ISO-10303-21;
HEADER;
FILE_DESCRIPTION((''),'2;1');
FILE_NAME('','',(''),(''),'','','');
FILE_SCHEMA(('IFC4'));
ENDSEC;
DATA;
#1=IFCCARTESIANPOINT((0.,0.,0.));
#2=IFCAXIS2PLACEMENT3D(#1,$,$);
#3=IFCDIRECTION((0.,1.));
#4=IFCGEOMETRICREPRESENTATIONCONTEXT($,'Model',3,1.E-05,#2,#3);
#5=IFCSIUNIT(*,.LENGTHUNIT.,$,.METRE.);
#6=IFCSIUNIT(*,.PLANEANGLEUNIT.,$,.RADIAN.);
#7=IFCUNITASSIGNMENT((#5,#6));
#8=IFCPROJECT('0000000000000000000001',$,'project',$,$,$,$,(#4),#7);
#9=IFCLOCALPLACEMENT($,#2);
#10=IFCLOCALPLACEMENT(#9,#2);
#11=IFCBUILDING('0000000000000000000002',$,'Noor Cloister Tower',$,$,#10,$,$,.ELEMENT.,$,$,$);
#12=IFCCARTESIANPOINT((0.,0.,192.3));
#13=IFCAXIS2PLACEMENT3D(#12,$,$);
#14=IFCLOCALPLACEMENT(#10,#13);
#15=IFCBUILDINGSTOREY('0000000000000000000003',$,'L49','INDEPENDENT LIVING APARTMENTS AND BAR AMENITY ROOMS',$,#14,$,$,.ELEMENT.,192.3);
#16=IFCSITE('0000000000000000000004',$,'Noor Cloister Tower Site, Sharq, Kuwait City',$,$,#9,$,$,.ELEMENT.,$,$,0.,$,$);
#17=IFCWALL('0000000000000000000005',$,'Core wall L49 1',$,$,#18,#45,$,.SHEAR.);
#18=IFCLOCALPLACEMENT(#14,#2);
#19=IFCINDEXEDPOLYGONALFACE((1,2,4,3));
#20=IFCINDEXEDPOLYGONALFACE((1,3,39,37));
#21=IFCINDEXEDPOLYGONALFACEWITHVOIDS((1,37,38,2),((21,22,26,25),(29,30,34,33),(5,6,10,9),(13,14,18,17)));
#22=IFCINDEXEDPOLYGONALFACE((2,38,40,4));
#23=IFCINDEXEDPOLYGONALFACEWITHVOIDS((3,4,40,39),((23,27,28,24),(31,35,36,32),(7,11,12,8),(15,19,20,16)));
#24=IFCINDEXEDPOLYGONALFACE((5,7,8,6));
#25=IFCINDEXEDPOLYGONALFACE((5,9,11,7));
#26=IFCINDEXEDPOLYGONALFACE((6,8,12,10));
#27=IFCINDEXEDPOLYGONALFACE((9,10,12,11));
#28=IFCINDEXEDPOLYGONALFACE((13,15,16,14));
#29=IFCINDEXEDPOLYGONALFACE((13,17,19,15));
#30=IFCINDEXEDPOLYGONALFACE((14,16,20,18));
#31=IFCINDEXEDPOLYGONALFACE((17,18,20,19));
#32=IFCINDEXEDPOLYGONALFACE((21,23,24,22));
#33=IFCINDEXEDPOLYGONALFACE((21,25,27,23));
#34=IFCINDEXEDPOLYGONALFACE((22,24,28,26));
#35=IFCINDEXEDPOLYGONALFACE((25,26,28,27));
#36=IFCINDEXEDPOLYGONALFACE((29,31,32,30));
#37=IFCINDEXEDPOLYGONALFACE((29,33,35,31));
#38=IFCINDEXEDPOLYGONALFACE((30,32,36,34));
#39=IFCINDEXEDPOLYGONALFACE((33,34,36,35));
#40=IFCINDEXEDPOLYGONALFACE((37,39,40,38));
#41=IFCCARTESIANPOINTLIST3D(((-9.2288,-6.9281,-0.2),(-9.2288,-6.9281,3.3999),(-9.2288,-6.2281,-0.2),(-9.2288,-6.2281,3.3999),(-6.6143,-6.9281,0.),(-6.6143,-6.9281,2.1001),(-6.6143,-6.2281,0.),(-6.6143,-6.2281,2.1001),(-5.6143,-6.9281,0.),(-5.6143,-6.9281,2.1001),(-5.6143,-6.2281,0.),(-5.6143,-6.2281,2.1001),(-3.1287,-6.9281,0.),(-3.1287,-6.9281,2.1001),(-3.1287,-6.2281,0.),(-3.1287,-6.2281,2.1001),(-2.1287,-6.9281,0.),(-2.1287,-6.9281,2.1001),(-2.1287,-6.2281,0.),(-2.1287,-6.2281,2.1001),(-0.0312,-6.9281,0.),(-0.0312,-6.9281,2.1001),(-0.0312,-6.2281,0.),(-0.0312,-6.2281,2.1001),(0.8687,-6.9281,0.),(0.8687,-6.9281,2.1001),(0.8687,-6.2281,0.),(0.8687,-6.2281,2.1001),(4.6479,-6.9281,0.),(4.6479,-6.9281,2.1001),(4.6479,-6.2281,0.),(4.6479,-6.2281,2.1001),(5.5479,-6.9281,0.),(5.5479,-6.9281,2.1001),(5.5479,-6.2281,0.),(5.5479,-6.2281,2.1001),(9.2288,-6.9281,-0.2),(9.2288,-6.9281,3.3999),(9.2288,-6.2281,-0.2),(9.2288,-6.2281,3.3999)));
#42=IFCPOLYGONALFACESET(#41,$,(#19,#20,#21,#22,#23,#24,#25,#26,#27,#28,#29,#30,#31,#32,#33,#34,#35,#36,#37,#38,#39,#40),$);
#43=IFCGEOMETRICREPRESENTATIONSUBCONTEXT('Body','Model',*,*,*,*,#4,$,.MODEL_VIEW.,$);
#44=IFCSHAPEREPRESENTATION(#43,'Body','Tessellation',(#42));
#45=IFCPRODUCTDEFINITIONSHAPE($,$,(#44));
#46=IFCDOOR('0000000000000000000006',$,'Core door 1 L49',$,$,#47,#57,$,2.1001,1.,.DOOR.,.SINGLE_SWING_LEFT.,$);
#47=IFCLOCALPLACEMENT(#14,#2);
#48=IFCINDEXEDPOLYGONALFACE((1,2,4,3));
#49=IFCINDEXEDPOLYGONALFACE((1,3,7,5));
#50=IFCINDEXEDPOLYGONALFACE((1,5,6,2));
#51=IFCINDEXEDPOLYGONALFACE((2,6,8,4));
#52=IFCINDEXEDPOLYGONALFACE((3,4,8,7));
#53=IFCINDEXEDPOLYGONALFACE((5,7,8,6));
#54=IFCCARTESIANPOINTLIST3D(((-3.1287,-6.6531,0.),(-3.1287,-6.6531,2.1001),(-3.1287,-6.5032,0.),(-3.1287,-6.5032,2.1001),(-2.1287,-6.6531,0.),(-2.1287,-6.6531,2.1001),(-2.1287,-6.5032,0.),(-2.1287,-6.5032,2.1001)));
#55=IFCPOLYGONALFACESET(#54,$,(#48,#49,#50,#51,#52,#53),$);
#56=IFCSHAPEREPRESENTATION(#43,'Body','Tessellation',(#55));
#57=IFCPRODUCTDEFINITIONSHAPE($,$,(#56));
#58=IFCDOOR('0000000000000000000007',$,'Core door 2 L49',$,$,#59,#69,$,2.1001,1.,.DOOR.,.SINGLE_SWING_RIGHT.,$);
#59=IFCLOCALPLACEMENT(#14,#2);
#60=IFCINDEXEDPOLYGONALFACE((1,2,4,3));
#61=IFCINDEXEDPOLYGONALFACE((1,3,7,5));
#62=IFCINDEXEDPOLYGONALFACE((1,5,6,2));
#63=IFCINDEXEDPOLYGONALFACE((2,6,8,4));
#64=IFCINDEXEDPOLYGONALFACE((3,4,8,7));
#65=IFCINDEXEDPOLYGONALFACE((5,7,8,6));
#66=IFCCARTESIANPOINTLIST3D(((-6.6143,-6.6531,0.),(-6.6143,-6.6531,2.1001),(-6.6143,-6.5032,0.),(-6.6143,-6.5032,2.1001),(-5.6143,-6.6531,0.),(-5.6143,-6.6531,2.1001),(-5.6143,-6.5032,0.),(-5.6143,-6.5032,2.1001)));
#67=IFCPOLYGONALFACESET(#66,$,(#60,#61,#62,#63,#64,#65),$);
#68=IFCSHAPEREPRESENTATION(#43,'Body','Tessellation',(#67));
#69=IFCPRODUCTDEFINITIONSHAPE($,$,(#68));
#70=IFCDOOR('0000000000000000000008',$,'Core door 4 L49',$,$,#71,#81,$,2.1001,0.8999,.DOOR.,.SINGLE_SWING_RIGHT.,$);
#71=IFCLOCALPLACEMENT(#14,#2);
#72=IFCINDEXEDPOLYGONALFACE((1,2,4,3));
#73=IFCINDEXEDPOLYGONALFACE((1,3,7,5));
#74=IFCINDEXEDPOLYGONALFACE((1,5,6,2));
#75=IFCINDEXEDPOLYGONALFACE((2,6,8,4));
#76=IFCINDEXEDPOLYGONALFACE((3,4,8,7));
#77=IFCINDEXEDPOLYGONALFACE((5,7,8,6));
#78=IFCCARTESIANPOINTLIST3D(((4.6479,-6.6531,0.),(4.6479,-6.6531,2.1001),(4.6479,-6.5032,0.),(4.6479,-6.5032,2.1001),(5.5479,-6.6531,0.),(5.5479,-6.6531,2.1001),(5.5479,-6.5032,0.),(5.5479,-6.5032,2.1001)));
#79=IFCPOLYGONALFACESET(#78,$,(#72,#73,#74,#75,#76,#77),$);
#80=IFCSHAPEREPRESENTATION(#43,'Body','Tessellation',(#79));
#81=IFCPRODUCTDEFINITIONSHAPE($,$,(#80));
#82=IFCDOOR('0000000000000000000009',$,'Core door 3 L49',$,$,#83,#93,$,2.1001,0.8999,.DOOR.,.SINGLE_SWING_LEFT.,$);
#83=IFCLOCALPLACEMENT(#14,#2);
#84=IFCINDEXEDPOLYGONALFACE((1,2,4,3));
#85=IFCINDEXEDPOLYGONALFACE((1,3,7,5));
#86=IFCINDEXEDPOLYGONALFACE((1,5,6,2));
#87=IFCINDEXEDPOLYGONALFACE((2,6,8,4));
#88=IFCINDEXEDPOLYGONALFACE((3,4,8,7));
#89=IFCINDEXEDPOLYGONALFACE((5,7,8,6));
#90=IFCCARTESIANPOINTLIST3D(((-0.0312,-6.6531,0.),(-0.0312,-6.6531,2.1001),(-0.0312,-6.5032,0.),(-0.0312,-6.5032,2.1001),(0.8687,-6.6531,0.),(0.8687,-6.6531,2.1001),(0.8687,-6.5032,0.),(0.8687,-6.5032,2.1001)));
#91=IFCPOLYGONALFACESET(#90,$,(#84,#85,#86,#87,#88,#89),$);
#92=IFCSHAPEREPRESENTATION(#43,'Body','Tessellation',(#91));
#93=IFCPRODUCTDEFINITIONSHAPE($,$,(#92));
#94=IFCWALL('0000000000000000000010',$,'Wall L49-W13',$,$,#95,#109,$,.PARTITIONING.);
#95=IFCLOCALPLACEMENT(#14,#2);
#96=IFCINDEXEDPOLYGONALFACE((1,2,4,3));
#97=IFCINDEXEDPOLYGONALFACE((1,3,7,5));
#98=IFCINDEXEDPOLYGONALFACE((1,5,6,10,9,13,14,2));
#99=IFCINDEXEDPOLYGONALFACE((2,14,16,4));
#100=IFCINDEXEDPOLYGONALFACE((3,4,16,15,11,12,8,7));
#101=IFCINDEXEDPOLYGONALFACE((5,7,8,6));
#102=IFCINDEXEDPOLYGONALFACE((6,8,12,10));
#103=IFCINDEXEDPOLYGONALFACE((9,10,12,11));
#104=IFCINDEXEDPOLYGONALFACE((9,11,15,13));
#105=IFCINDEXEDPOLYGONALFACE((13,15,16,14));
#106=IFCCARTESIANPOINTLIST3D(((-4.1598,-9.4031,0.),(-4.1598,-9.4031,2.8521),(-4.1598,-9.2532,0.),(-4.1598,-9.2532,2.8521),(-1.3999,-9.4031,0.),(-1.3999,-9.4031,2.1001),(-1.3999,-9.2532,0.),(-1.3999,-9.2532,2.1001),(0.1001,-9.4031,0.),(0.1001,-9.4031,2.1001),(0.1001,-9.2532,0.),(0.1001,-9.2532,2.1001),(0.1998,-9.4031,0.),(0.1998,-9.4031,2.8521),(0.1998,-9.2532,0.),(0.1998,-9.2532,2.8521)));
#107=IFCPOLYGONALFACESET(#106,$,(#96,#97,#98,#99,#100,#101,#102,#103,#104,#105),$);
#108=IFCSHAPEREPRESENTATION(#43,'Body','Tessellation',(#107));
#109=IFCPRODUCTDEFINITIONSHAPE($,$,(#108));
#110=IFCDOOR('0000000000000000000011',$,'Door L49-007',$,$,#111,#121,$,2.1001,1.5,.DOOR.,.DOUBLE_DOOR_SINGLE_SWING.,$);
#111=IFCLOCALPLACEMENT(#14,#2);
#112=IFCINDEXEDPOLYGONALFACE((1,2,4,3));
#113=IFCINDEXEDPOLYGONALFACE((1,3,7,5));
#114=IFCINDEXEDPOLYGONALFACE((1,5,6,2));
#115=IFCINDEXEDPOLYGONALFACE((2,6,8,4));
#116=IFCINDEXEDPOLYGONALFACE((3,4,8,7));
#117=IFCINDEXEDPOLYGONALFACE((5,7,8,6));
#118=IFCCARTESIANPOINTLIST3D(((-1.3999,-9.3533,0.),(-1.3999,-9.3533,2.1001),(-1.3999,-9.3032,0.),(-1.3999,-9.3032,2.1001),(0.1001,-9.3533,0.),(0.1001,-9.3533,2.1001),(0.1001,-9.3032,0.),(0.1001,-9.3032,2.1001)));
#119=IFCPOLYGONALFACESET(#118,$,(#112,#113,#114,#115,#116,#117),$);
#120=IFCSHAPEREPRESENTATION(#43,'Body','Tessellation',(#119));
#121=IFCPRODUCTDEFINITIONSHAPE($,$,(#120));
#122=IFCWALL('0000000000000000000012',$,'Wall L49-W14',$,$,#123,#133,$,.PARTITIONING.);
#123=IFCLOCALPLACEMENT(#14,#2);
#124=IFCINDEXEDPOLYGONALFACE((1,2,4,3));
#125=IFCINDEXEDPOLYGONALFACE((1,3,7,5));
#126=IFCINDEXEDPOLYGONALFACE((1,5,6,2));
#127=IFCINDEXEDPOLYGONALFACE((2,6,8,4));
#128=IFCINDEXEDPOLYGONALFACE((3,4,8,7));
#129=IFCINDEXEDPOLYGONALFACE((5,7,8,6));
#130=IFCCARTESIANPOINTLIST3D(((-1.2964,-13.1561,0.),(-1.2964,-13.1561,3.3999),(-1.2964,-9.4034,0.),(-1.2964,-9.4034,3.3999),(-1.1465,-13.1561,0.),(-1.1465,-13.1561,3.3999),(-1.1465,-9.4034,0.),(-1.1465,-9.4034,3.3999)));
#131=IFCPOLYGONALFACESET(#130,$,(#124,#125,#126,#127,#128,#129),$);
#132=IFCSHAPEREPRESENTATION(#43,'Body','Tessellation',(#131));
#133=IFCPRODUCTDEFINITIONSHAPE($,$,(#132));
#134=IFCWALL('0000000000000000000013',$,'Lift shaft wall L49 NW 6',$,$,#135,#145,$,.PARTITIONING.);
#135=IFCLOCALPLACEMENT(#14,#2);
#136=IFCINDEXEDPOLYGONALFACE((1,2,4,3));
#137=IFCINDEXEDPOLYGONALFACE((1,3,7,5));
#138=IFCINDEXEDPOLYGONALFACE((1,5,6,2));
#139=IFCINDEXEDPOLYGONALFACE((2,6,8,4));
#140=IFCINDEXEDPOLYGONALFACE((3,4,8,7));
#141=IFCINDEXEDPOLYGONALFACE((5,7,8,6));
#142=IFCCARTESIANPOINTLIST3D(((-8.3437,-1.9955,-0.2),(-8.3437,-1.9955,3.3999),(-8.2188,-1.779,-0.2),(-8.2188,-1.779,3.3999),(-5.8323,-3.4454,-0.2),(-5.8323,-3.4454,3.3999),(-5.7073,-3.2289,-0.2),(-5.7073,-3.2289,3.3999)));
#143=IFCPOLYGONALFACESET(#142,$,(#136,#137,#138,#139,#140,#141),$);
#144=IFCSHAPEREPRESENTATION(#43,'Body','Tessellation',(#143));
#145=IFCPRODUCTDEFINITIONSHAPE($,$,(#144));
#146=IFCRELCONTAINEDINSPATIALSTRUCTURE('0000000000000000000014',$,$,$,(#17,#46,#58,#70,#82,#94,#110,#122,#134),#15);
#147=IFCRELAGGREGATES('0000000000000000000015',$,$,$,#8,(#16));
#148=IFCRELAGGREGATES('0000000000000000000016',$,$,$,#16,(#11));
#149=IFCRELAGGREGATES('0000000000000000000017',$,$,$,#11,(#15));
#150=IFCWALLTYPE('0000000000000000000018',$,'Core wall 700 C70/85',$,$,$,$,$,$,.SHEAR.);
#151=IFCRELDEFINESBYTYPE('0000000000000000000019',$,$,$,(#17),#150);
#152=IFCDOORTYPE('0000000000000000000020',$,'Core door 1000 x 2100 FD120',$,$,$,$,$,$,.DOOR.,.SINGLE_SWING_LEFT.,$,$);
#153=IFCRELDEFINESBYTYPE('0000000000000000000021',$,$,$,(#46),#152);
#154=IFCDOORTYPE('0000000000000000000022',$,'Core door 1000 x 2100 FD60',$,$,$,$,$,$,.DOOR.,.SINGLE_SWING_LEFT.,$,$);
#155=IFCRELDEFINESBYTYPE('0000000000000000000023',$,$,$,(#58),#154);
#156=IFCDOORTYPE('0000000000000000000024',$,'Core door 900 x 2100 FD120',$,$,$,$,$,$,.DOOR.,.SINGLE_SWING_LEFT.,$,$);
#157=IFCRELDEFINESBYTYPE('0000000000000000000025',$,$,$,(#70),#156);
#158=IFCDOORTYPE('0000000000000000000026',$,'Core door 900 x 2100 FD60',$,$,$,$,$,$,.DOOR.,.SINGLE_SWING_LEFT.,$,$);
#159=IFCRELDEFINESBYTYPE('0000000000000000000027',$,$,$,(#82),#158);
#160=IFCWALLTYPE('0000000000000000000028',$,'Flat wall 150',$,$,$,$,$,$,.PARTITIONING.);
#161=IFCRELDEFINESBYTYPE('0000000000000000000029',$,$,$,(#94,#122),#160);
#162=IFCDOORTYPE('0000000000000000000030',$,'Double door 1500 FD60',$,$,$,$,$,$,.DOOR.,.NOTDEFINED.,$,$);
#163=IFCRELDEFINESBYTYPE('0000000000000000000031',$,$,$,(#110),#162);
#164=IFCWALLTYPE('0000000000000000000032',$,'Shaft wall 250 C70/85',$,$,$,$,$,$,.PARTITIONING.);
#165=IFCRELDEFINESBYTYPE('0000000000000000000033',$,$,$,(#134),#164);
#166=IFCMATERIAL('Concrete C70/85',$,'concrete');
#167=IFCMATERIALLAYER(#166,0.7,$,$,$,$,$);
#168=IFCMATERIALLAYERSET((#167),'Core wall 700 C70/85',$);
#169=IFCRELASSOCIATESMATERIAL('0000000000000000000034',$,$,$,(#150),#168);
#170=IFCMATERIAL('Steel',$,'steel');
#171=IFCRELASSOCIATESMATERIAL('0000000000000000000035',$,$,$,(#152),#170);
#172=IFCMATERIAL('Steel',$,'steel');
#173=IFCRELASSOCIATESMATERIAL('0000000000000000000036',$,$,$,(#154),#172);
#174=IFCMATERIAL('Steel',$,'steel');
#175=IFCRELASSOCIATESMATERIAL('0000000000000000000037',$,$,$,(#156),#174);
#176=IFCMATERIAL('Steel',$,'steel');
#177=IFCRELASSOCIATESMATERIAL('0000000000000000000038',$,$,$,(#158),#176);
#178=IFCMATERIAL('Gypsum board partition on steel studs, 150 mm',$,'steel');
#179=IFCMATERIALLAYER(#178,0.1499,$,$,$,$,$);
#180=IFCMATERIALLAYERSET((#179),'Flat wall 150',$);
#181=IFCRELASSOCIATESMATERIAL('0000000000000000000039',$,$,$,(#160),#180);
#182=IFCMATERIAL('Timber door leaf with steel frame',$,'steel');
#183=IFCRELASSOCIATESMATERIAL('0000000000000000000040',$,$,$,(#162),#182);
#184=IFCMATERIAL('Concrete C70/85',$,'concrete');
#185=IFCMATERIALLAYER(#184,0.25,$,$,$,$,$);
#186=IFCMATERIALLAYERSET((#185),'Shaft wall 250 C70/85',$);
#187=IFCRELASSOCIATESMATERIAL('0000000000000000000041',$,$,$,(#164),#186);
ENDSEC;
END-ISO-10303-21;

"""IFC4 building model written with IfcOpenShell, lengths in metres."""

from ifc_helpers import new_model, si_unit, direction, frame, frame_2d, origin, place, context, subcontext, project, spatial, rectangle, extrude, material, layer, layer_set, type_object, element, fill, save


model = new_model("IFC4")

# Units and contexts
model_context = context("Model", 3, precision=1e-05, world=origin(), true_north=direction((0.0, 1.0)))
body_context = subcontext(model_context, "Body", "Model", "MODEL_VIEW")
ifc_project = project(units=[si_unit("LENGTHUNIT", "METRE"), si_unit("PLANEANGLEUNIT", "RADIAN")], contexts=[model_context])

# Site, building, storey
site_placement = place(None, origin())
site = spatial("IfcSite", under=ifc_project, at=site_placement, Name="Noor Cloister Tower Site, Sharq, Kuwait City", CompositionType="ELEMENT", RefElevation=0.0)
building_placement = place(site_placement, origin())
building = spatial("IfcBuilding", under=site, at=building_placement, Name="Noor Cloister Tower", CompositionType="ELEMENT")
storey_placement = place(building_placement, frame((0.0, 0.0, 192.3)))
storey = spatial("IfcBuildingStorey", under=building, at=storey_placement, Name="L49", Description="INDEPENDENT LIVING APARTMENTS AND BAR AMENITY ROOMS", CompositionType="ELEMENT", Elevation=192.3)

# Wall, openings, doors
ifc_material_1 = material(Name="Concrete C70/85", Category="concrete")
ifc_layer_1 = layer(ifc_material_1, 0.7)
ifc_layer_set_1 = layer_set([ifc_layer_1], Name="Core wall 700 C70/85")
wall_type_1 = type_object("IfcWallType", Name="Core wall 700 C70/85", PredefinedType="SHEAR", material=ifc_layer_set_1)
wall_1_placement = place(storey_placement, frame((-9.2288, -6.5781, -0.2), z_axis=(0.0, 0.0, 1.0), x_axis=(1.0, 0.0, 0.0)))
wall_1 = element("IfcWall", 1, at=wall_1_placement, inside=storey, type_object=wall_type_1, Name="Core wall L49 1", PredefinedType="SHEAR", context=body_context, shape_type="SweptSolid", body=[
    extrude(rectangle(XDim=18.4575, YDim=0.7, at=frame_2d((9.2288, 0.0))), origin(), (0.0, 0.0, 1.0), 3.5999),
])
opening_1_placement = place(wall_1_placement, frame((6.1001, 0.0, 0.2)))
opening_1 = element("IfcOpeningElement", 2, at=opening_1_placement, cuts=wall_1, PredefinedType="OPENING", context=body_context, shape_type="SweptSolid", body=[
    extrude(rectangle(XDim=1.0, YDim=2.1001, at=frame_2d((0.5, 1.05))), frame((0.0, 0.3599, 0.0), z_axis=(0.0, -1.0, 0.0), x_axis=(1.0, 0.0, 0.0)), (0.0, 0.0, 1.0), 0.72),
])
opening_2_placement = place(wall_1_placement, frame((2.6145, 0.0, 0.2)))
opening_2 = element("IfcOpeningElement", 3, at=opening_2_placement, cuts=wall_1, PredefinedType="OPENING", context=body_context, shape_type="SweptSolid", body=[
    extrude(rectangle(XDim=1.0, YDim=2.1001, at=frame_2d((0.5, 1.05))), frame((0.0, 0.3599, 0.0), z_axis=(0.0, -1.0, 0.0), x_axis=(1.0, 0.0, 0.0)), (0.0, 0.0, 1.0), 0.72),
])
opening_3_placement = place(wall_1_placement, frame((9.1975, 0.0, 0.2)))
opening_3 = element("IfcOpeningElement", 4, at=opening_3_placement, cuts=wall_1, PredefinedType="OPENING", context=body_context, shape_type="SweptSolid", body=[
    extrude(rectangle(XDim=0.8999, YDim=2.1001, at=frame_2d((0.45, 1.05))), frame((0.0, 0.3599, 0.0), z_axis=(0.0, -1.0, 0.0), x_axis=(1.0, 0.0, 0.0)), (0.0, 0.0, 1.0), 0.72),
])
opening_4_placement = place(wall_1_placement, frame((13.8767, 0.0, 0.2)))
opening_4 = element("IfcOpeningElement", 5, at=opening_4_placement, cuts=wall_1, PredefinedType="OPENING", context=body_context, shape_type="SweptSolid", body=[
    extrude(rectangle(XDim=0.8999, YDim=2.1001, at=frame_2d((0.45, 1.05))), frame((0.0, 0.3599, 0.0), z_axis=(0.0, -1.0, 0.0), x_axis=(1.0, 0.0, 0.0)), (0.0, 0.0, 1.0), 0.72),
])
ifc_material_2 = material(Name="Steel", Category="steel")
door_type_1 = type_object("IfcDoorType", Name="Core door 1000 x 2100 FD120", OperationType="SINGLE_SWING_LEFT", PredefinedType="DOOR", material=ifc_material_2)
door_1_placement = place(opening_1_placement, origin())
door_1 = element("IfcDoor", 6, at=door_1_placement, inside=storey, type_object=door_type_1, Name="Core door 1 L49", OperationType="SINGLE_SWING_LEFT", OverallHeight=2.1001, OverallWidth=1.0, PredefinedType="DOOR", context=body_context, shape_type="SweptSolid", body=[
    extrude(rectangle(XDim=1.0, YDim=2.1001, at=frame_2d((0.5, 1.05))), frame((0.0, 0.075, 0.0), z_axis=(0.0, -1.0, 0.0), x_axis=(1.0, 0.0, 0.0)), (0.0, 0.0, 1.0), 0.1499),
])
fill(opening_1, door_1)
ifc_material_3 = material(Name="Steel", Category="steel")
door_type_2 = type_object("IfcDoorType", Name="Core door 1000 x 2100 FD60", OperationType="SINGLE_SWING_LEFT", PredefinedType="DOOR", material=ifc_material_3)
door_2_placement = place(opening_2_placement, origin())
door_2 = element("IfcDoor", 7, at=door_2_placement, inside=storey, type_object=door_type_2, Name="Core door 2 L49", OperationType="SINGLE_SWING_RIGHT", OverallHeight=2.1001, OverallWidth=1.0, PredefinedType="DOOR", context=body_context, shape_type="SweptSolid", body=[
    extrude(rectangle(XDim=1.0, YDim=2.1001, at=frame_2d((0.5, 1.05))), frame((0.0, 0.075, 0.0), z_axis=(0.0, -1.0, 0.0), x_axis=(1.0, 0.0, 0.0)), (0.0, 0.0, 1.0), 0.1499),
])
fill(opening_2, door_2)
ifc_material_4 = material(Name="Steel", Category="steel")
door_type_3 = type_object("IfcDoorType", Name="Core door 900 x 2100 FD120", OperationType="SINGLE_SWING_LEFT", PredefinedType="DOOR", material=ifc_material_4)
door_3_placement = place(opening_4_placement, origin())
door_3 = element("IfcDoor", 8, at=door_3_placement, inside=storey, type_object=door_type_3, Name="Core door 4 L49", OperationType="SINGLE_SWING_RIGHT", OverallHeight=2.1001, OverallWidth=0.8999, PredefinedType="DOOR", context=body_context, shape_type="SweptSolid", body=[
    extrude(rectangle(XDim=0.8999, YDim=2.1001, at=frame_2d((0.45, 1.05))), frame((0.0, 0.075, 0.0), z_axis=(0.0, -1.0, 0.0), x_axis=(1.0, 0.0, 0.0)), (0.0, 0.0, 1.0), 0.1499),
])
fill(opening_4, door_3)
ifc_material_5 = material(Name="Steel", Category="steel")
door_type_4 = type_object("IfcDoorType", Name="Core door 900 x 2100 FD60", OperationType="SINGLE_SWING_LEFT", PredefinedType="DOOR", material=ifc_material_5)
door_4_placement = place(opening_3_placement, origin())
door_4 = element("IfcDoor", 9, at=door_4_placement, inside=storey, type_object=door_type_4, Name="Core door 3 L49", OperationType="SINGLE_SWING_LEFT", OverallHeight=2.1001, OverallWidth=0.8999, PredefinedType="DOOR", context=body_context, shape_type="SweptSolid", body=[
    extrude(rectangle(XDim=0.8999, YDim=2.1001, at=frame_2d((0.45, 1.05))), frame((0.0, 0.075, 0.0), z_axis=(0.0, -1.0, 0.0), x_axis=(1.0, 0.0, 0.0)), (0.0, 0.0, 1.0), 0.1499),
])
fill(opening_3, door_4)

# Wall, opening, door
ifc_material_6 = material(Name="Gypsum board partition on steel studs, 150 mm", Category="steel")
ifc_layer_2 = layer(ifc_material_6, 0.1499)
ifc_layer_set_2 = layer_set([ifc_layer_2], Name="Flat wall 150")
wall_type_2 = type_object("IfcWallType", Name="Flat wall 150", PredefinedType="PARTITIONING", material=ifc_layer_set_2)
wall_2_placement = place(storey_placement, frame((-4.1597, -9.3281, 0.0), z_axis=(0.0, 0.0, 1.0), x_axis=(1.0, 0.0, 0.0)))
wall_2 = element("IfcWall", 10, at=wall_2_placement, inside=storey, type_object=wall_type_2, Name="Wall L49-W13", PredefinedType="PARTITIONING", context=body_context, shape_type="SweptSolid", body=[
    extrude(rectangle(XDim=4.3596, YDim=0.1499, at=frame_2d((2.1797, 0.0))), origin(), (0.0, 0.0, 1.0), 2.8521),
])
opening_5_placement = place(wall_2_placement, frame((2.7598, 0.0, 0.0)))
opening_5 = element("IfcOpeningElement", 11, at=opening_5_placement, cuts=wall_2, PredefinedType="OPENING", context=body_context, shape_type="SweptSolid", body=[
    extrude(rectangle(XDim=1.5, YDim=2.1001, at=frame_2d((0.75, 1.05))), frame((0.0, 0.085, 0.0), z_axis=(0.0, -1.0, 0.0), x_axis=(1.0, 0.0, 0.0)), (0.0, 0.0, 1.0), 0.1699),
])
ifc_material_7 = material(Name="Timber door leaf with steel frame", Category="steel")
door_type_5 = type_object("IfcDoorType", Name="Double door 1500 FD60", OperationType="NOTDEFINED", PredefinedType="DOOR", material=ifc_material_7)
door_5_placement = place(opening_5_placement, origin())
door_5 = element("IfcDoor", 12, at=door_5_placement, inside=storey, type_object=door_type_5, Name="Door L49-007", OperationType="DOUBLE_DOOR_SINGLE_SWING", OverallHeight=2.1001, OverallWidth=1.5, PredefinedType="DOOR", context=body_context, shape_type="SweptSolid", body=[
    extrude(rectangle(XDim=1.5, YDim=2.1001, at=frame_2d((0.75, 1.05))), frame((0.0, 0.0249, 0.0), z_axis=(0.0, -1.0, 0.0), x_axis=(1.0, 0.0, 0.0)), (0.0, 0.0, 1.0), 0.05),
])
fill(opening_5, door_5)

# Walls
wall_3_placement = place(storey_placement, frame((-1.2214, -9.4033, 0.0), z_axis=(0.0, 0.0, 1.0), x_axis=(0.0, -1.0, 0.0)))
element("IfcWall", 13, at=wall_3_placement, inside=storey, type_object=wall_type_2, Name="Wall L49-W14", PredefinedType="PARTITIONING", context=body_context, shape_type="SweptSolid", body=[
    extrude(rectangle(XDim=3.7527, YDim=0.1499, at=frame_2d((1.8765, 0.0))), origin(), (0.0, 0.0, 1.0), 3.3999),
])
ifc_material_8 = material(Name="Concrete C70/85", Category="concrete")
ifc_layer_3 = layer(ifc_material_8, 0.25)
ifc_layer_set_3 = layer_set([ifc_layer_3], Name="Shaft wall 250 C70/85")
wall_type_3 = type_object("IfcWallType", Name="Shaft wall 250 C70/85", PredefinedType="PARTITIONING", material=ifc_layer_set_3)
wall_4_placement = place(storey_placement, frame((-8.2812, -1.8872, -0.2), z_axis=(0.0, 0.0, 1.0), x_axis=(0.866033, -0.499987, 0.0)))
element("IfcWall", 14, at=wall_4_placement, inside=storey, type_object=wall_type_3, Name="Lift shaft wall L49 NW 6", PredefinedType="PARTITIONING", context=body_context, shape_type="SweptSolid", body=[
    extrude(rectangle(XDim=2.8999, YDim=0.25, at=frame_2d((1.45, 0.0))), origin(), (0.0, 0.0, 1.0), 3.5999),
])

save(model, "model.ifc")
